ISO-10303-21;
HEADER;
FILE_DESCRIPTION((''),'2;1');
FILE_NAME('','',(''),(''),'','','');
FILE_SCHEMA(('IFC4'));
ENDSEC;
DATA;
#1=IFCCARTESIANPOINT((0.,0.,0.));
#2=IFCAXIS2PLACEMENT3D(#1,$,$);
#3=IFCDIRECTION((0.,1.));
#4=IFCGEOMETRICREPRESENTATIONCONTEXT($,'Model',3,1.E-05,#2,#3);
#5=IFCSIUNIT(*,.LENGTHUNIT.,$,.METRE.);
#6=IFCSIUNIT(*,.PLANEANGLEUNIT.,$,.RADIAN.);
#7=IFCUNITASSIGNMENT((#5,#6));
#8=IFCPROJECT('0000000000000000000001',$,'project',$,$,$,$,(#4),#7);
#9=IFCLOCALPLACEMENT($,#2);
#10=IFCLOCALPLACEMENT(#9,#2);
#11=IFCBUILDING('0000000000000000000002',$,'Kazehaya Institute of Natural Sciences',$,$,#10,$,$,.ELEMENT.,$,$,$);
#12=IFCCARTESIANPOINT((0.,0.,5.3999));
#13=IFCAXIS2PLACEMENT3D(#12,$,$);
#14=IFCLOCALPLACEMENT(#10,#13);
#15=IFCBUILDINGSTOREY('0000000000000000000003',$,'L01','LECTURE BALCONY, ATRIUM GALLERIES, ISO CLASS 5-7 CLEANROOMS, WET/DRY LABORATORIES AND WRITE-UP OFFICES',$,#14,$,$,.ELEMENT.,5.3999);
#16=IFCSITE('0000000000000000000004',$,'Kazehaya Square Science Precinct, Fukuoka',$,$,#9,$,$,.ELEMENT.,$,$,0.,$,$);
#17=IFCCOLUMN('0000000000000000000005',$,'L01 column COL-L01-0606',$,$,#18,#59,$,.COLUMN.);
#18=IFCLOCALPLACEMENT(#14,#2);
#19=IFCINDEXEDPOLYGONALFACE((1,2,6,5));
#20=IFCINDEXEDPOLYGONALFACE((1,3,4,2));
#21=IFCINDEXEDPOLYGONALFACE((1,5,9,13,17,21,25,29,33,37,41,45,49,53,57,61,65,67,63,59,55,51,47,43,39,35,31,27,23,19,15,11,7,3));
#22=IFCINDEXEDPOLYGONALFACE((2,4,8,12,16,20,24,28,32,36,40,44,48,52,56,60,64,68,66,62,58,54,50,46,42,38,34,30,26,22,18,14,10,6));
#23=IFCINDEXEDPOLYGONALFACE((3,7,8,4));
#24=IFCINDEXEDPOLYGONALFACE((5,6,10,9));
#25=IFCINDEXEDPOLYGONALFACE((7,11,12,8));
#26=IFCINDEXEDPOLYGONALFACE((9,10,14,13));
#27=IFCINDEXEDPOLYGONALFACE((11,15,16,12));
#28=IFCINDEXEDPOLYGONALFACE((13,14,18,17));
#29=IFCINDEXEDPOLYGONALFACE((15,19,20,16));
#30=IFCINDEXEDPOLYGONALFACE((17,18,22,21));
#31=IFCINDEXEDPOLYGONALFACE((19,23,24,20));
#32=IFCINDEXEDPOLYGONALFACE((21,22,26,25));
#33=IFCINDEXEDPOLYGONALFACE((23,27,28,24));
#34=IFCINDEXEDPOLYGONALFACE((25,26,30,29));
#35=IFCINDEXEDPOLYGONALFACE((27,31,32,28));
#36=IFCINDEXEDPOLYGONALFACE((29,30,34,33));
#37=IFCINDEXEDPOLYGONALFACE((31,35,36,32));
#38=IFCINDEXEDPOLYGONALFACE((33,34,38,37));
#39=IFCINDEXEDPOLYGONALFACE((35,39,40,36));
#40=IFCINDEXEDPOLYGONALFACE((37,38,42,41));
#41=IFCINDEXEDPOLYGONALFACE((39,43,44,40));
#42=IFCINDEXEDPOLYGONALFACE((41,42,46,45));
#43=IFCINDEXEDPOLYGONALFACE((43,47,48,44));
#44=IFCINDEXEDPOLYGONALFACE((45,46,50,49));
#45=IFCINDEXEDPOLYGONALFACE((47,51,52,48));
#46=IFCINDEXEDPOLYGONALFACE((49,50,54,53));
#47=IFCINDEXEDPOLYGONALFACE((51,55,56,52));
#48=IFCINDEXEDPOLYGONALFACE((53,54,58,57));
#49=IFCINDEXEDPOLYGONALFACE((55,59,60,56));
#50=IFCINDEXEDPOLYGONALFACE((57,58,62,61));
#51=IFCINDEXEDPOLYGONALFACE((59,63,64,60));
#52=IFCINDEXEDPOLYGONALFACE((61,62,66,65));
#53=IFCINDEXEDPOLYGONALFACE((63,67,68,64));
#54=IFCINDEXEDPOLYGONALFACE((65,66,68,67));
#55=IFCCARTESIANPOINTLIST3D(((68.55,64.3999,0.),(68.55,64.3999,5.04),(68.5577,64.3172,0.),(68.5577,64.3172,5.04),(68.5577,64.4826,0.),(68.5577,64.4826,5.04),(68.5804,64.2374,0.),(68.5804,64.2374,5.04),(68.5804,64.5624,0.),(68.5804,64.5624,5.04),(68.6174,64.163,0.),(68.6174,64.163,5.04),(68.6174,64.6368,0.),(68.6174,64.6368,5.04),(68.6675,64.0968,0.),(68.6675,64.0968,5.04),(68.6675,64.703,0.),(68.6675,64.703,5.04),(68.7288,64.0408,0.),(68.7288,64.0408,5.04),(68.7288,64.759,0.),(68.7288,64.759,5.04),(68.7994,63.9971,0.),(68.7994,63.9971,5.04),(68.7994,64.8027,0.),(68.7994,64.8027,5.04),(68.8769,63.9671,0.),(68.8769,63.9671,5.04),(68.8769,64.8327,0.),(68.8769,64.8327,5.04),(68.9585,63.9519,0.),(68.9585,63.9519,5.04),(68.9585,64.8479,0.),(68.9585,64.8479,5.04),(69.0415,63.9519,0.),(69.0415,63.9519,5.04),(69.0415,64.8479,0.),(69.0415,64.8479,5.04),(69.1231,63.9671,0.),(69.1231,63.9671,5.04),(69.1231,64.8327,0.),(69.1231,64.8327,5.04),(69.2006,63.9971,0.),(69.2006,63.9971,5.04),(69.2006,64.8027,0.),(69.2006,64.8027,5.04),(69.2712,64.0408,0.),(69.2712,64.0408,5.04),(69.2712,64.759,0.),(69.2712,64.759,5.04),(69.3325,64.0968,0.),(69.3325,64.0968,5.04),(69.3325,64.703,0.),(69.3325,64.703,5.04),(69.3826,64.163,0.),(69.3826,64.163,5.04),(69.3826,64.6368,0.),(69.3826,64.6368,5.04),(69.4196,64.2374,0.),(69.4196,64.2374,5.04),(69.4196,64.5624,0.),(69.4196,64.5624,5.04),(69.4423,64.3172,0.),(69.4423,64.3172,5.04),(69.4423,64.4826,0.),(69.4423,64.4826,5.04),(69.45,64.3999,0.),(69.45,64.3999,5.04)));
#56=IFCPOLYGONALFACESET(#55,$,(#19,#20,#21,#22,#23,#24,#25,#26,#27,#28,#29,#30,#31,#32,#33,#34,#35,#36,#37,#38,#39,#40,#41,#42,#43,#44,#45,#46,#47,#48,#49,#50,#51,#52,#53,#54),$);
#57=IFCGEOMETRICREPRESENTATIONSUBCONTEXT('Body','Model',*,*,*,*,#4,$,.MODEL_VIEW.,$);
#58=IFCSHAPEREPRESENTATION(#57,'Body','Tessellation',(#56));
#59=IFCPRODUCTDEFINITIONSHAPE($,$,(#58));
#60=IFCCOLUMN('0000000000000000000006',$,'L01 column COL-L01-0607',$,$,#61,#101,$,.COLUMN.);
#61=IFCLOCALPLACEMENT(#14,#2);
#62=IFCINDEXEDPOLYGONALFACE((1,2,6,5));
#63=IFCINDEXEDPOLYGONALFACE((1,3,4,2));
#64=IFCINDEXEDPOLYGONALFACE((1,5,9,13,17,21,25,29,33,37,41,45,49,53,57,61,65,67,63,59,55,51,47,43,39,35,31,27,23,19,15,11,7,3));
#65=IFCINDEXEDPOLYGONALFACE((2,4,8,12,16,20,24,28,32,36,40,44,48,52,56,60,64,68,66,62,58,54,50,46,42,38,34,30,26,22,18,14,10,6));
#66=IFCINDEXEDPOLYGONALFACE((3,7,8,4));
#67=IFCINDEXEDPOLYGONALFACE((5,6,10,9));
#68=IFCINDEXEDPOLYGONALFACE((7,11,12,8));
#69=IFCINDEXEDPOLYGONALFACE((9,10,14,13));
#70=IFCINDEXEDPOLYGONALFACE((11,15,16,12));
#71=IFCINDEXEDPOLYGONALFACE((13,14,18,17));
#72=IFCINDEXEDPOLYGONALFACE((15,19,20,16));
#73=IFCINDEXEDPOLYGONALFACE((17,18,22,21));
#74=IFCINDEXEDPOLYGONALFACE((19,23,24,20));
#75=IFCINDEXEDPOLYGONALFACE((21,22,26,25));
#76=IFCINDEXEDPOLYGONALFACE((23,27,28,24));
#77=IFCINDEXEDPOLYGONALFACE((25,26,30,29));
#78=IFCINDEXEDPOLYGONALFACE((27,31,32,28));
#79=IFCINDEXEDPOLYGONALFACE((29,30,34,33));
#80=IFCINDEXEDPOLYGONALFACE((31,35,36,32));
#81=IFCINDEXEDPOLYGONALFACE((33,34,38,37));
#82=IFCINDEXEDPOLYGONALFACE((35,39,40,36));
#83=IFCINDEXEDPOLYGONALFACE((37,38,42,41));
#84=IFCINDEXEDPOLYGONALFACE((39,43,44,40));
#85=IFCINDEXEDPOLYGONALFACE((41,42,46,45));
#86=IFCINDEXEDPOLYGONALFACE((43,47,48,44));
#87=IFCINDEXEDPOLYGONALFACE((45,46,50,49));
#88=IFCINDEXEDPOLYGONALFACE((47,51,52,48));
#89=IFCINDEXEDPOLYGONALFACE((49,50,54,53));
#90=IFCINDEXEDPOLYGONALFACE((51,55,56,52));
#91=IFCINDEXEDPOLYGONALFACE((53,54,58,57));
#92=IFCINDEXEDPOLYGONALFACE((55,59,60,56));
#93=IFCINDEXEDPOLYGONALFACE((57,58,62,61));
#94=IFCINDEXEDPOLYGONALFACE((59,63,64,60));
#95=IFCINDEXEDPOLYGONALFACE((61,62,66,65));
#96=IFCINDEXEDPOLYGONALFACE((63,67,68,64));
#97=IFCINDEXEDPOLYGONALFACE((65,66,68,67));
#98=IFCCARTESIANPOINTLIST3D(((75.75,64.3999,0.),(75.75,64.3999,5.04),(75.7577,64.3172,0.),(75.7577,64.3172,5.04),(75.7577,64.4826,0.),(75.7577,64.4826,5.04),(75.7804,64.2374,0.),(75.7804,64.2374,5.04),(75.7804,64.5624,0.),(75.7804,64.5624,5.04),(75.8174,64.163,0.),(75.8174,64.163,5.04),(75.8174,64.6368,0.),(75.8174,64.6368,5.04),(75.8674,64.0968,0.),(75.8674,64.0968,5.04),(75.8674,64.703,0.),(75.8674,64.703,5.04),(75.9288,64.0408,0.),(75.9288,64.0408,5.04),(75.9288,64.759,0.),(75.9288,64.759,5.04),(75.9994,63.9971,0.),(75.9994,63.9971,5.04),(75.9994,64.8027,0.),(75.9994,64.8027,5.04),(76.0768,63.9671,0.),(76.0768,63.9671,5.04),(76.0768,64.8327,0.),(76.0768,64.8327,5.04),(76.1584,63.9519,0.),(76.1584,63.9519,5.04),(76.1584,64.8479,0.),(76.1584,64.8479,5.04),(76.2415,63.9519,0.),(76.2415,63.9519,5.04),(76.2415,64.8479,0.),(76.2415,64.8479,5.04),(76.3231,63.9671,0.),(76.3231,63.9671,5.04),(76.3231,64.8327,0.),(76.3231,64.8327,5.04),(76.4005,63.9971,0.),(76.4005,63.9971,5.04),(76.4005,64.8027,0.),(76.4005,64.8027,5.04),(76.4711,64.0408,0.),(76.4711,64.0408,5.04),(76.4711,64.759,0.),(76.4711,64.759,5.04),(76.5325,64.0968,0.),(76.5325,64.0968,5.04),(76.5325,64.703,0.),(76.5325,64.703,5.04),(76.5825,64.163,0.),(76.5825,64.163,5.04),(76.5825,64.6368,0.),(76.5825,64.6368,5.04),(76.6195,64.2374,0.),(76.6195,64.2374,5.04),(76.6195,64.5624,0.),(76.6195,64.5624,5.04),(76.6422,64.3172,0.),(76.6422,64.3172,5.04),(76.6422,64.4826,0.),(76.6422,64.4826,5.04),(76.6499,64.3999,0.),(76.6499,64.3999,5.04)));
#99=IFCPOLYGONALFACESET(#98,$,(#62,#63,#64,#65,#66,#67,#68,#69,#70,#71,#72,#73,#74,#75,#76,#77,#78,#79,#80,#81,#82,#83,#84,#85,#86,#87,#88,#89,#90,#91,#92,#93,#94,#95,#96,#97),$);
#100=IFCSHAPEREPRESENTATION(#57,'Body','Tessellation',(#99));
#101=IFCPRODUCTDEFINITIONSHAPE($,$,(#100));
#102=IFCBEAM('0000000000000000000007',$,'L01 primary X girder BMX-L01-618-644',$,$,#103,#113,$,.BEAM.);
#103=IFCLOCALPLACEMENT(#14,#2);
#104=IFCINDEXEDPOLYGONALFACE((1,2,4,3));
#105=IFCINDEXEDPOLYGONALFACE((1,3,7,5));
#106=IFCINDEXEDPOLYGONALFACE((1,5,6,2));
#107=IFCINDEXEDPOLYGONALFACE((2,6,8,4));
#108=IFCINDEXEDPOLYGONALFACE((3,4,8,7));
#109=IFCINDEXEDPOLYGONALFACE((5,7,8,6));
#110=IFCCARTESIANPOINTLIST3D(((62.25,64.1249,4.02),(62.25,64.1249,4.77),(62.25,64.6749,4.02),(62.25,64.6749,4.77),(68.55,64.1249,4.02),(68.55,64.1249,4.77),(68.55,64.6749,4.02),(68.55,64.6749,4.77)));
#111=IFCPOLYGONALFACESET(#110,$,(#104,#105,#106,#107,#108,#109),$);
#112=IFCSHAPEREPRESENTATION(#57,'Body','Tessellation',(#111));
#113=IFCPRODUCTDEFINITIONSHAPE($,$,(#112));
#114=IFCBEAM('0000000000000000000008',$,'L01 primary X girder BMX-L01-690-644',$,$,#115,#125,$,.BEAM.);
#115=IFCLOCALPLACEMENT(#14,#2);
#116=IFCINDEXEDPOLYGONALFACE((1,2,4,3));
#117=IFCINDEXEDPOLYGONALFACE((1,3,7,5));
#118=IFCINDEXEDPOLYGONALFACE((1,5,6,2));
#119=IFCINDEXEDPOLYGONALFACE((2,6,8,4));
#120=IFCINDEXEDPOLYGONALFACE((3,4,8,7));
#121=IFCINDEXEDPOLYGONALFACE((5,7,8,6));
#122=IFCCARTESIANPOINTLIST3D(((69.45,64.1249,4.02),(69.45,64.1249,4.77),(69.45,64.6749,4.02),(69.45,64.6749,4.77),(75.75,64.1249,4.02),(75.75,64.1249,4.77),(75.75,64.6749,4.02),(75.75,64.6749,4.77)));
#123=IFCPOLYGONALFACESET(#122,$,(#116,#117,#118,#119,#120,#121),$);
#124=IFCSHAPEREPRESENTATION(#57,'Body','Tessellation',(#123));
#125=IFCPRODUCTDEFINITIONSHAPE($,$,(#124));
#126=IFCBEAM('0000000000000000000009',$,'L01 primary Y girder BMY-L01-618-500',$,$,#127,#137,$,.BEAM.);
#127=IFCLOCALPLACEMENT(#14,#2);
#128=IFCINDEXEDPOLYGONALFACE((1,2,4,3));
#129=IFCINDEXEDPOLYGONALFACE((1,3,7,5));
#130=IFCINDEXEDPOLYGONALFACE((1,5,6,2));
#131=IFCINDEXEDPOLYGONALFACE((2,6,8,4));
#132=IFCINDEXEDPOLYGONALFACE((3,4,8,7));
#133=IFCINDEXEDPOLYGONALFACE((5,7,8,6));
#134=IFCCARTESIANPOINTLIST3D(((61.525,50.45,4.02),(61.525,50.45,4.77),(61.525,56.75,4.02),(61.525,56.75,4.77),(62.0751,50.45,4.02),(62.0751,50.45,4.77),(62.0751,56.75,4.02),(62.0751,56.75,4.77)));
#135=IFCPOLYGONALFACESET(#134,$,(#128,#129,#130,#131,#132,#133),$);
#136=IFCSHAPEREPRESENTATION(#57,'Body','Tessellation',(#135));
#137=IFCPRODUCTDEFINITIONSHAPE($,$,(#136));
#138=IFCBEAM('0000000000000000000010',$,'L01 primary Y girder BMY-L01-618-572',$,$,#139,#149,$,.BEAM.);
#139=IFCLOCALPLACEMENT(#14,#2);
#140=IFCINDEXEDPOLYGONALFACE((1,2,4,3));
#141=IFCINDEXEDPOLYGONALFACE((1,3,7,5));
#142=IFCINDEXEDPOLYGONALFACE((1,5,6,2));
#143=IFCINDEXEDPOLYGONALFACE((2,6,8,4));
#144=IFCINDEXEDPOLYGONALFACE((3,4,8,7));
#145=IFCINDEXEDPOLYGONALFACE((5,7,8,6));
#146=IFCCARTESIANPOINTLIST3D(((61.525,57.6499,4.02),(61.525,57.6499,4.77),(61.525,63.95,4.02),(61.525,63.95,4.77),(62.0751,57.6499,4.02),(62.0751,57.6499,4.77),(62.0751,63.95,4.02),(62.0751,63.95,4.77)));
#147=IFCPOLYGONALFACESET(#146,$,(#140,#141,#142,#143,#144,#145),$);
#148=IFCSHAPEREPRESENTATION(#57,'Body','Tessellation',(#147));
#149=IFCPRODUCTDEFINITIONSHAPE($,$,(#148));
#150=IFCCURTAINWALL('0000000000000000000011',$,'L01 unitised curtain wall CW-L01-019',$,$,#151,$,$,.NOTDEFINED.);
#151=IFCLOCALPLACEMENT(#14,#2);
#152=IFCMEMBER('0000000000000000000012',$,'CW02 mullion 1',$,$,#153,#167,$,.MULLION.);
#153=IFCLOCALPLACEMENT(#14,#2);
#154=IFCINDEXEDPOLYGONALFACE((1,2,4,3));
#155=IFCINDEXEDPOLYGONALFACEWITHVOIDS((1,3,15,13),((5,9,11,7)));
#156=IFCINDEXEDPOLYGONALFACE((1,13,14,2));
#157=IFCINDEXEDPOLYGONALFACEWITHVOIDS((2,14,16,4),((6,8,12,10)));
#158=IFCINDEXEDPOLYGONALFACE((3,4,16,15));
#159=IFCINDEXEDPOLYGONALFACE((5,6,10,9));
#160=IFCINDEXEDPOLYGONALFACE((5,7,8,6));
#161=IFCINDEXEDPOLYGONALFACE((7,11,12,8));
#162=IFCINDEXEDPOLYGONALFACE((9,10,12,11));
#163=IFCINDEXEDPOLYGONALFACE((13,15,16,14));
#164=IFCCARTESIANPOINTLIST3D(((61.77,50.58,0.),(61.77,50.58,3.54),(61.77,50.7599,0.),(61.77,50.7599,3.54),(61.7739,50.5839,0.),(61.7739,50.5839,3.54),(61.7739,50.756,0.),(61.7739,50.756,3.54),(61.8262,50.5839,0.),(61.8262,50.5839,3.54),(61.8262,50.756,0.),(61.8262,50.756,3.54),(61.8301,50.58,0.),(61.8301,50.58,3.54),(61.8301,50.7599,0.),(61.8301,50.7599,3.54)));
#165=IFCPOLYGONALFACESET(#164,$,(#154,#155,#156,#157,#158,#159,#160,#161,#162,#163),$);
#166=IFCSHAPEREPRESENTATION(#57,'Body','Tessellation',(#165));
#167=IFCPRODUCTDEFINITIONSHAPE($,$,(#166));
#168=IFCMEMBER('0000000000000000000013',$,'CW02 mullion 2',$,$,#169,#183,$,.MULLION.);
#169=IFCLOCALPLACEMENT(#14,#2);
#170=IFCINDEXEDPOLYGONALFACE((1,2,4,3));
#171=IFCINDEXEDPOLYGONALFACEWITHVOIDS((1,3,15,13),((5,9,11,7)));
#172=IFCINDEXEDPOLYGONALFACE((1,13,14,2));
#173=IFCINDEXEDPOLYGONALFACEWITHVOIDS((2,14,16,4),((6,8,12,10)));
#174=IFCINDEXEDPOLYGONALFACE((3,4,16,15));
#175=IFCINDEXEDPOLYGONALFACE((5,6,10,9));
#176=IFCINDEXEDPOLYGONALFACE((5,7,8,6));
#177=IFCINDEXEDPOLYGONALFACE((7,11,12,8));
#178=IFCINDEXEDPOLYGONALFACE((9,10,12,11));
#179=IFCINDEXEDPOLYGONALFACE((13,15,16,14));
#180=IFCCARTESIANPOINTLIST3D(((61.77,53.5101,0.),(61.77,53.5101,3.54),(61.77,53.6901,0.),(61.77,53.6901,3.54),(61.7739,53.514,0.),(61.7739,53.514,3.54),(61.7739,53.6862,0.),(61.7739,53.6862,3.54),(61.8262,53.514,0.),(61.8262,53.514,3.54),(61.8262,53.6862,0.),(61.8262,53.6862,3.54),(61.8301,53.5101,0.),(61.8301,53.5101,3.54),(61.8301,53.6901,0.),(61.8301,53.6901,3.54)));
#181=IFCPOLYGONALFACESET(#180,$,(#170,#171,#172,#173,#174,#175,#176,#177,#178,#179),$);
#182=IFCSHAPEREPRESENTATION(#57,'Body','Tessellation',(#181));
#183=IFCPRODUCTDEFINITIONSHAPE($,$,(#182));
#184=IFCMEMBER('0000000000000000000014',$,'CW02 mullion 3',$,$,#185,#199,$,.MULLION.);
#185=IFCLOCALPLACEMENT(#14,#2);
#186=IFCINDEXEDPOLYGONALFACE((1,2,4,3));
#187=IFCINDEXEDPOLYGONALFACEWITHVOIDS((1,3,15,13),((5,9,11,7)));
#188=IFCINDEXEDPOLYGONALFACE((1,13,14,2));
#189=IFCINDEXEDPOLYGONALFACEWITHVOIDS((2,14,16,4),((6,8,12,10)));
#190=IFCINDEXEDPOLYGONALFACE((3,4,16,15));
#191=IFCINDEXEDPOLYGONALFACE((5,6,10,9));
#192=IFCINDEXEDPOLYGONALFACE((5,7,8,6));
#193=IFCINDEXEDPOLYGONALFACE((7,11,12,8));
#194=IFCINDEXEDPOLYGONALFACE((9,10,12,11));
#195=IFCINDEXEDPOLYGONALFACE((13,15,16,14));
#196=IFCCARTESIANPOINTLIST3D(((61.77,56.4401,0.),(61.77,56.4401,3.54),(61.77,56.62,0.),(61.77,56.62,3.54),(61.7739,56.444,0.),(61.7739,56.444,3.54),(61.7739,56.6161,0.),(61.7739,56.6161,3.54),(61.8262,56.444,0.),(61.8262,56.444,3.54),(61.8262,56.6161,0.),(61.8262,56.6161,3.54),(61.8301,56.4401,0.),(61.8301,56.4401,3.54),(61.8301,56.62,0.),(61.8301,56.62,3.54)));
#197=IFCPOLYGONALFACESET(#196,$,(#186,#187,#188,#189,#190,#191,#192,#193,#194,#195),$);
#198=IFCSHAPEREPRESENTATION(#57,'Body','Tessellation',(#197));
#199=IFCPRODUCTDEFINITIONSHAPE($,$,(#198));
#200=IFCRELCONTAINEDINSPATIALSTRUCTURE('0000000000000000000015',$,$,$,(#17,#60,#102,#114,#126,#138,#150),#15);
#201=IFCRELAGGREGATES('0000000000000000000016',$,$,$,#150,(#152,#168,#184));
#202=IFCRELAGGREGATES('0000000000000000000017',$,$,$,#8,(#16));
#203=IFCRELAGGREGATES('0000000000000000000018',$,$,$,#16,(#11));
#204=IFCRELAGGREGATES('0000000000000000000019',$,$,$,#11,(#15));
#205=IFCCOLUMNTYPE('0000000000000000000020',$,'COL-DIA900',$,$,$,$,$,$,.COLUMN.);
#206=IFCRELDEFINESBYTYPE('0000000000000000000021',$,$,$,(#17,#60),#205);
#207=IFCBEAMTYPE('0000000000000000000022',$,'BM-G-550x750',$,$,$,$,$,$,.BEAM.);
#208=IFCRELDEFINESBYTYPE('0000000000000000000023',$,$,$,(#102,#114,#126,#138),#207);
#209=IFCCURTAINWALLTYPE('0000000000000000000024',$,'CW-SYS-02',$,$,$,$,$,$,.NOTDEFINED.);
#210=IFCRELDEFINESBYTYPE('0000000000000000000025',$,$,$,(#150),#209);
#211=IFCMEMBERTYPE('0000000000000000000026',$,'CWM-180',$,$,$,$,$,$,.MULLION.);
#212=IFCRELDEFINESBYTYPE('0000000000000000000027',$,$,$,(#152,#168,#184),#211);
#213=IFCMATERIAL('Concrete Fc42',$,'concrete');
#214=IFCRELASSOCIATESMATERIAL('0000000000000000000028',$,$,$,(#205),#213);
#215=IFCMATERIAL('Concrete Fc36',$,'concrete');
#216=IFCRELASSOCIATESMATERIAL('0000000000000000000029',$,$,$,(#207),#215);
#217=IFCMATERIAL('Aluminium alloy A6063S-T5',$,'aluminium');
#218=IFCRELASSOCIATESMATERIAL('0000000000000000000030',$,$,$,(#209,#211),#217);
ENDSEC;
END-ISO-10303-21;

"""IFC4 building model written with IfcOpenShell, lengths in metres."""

from ifc_helpers import new_model, si_unit, direction, frame, origin, origin_2d, place, context, subcontext, project, spatial, rectangle, hollow_rectangle, circle, extrude, material, material_profile, profile_set, type_object, element, aggregate, save


model = new_model("IFC4")

# Units and contexts
model_context = context("Model", 3, precision=1e-05, world=origin(), true_north=direction((0.0, 1.0)))
body_context = subcontext(model_context, "Body", "Model", "MODEL_VIEW")
ifc_project = project(units=[si_unit("LENGTHUNIT", "METRE"), si_unit("PLANEANGLEUNIT", "RADIAN")], contexts=[model_context])

# Site, building, storey
site_placement = place(None, origin())
site = spatial("IfcSite", under=ifc_project, at=site_placement, Name="Kazehaya Square Science Precinct, Fukuoka", CompositionType="ELEMENT", RefElevation=0.0)
building_placement = place(site_placement, origin())
building = spatial("IfcBuilding", under=site, at=building_placement, Name="Kazehaya Institute of Natural Sciences", CompositionType="ELEMENT")
storey_placement = place(building_placement, frame((0.0, 0.0, 5.3999)))
storey = spatial("IfcBuildingStorey", under=building, at=storey_placement, Name="L01", Description="LECTURE BALCONY, ATRIUM GALLERIES, ISO CLASS 5-7 CLEANROOMS, WET/DRY LABORATORIES AND WRITE-UP OFFICES", CompositionType="ELEMENT", Elevation=5.3999)

# Columns
ifc_material_1 = material(Name="Concrete Fc36", Category="concrete")
ifc_material_2 = material(Name="Concrete Fc42", Category="concrete")
ifc_material_profile_1 = material_profile(ifc_material_2, circle(Radius=0.45, at=origin_2d()), Name="RC-DIA900")
ifc_profile_set_1 = profile_set([ifc_material_profile_1], Name="Concrete Fc42")
column_type_1 = type_object("IfcColumnType", Name="COL-DIA900", PredefinedType="COLUMN", material=ifc_profile_set_1)
for number, where, z_axis, x_axis, name in (
    (1, (69.0, 64.3999, 0.0), (0.0, 0.0, 1.0), (1.0, 0.0, 0.0), "L01 column COL-L01-0606"),
    (2, (76.2, 64.3999, 0.0), (0.0, 0.0, 1.0), (1.0, 0.0, 0.0), "L01 column COL-L01-0607"),
):
    element("IfcColumn", number, at=place(storey_placement, frame(where, z_axis=z_axis, x_axis=x_axis)), inside=storey, type_object=column_type_1, Name=name, PredefinedType="COLUMN", context=body_context, shape_type="SweptSolid", body=[
        extrude(circle(Radius=0.45, at=origin_2d()), origin(), (0.0, 0.0, 1.0), 5.04),
    ])

# Beams
ifc_material_profile_2 = material_profile(ifc_material_1, rectangle(XDim=0.55, YDim=0.75, at=origin_2d()), Name="RC-550x750")
ifc_profile_set_2 = profile_set([ifc_material_profile_2], Name="Concrete Fc36")
beam_type = type_object("IfcBeamType", Name="BM-G-550x750", PredefinedType="BEAM", material=ifc_profile_set_2)
for number, where, z_axis, x_axis, name in (
    (3, (62.25, 64.3999, 4.395), (1.0, 0.0, 0.0), (0.0, 1.0, 0.0), "L01 primary X girder BMX-L01-618-644"),
    (4, (69.45, 64.3999, 4.395), (1.0, 0.0, 0.0), (0.0, 1.0, 0.0), "L01 primary X girder BMX-L01-690-644"),
    (5, (61.8, 50.45, 4.395), (0.0, 1.0, 0.0), (-1.0, 0.0, 0.0), "L01 primary Y girder BMY-L01-618-500"),
    (6, (61.8, 57.6499, 4.395), (0.0, 1.0, 0.0), (-1.0, 0.0, 0.0), "L01 primary Y girder BMY-L01-618-572"),
):
    element("IfcBeam", number, at=place(storey_placement, frame(where, z_axis=z_axis, x_axis=x_axis)), inside=storey, type_object=beam_type, Name=name, PredefinedType="BEAM", context=body_context, shape_type="SweptSolid", body=[
        extrude(rectangle(XDim=0.55, YDim=0.75, at=origin_2d()), origin(), (0.0, 0.0, 1.0), 6.3),
    ])

# Curtain wall, members
ifc_material_3 = material(Name="Aluminium alloy A6063S-T5", Category="aluminium")
curtain_wall_type = type_object("IfcCurtainWallType", Name="CW-SYS-02", PredefinedType="NOTDEFINED", material=ifc_material_3)
curtain_wall_1_placement = place(storey_placement, origin())
curtain_wall_1 = element("IfcCurtainWall", 7, at=curtain_wall_1_placement, inside=storey, type_object=curtain_wall_type, Name="L01 unitised curtain wall CW-L01-019", PredefinedType="NOTDEFINED")
ifc_material_profile_3 = material_profile(ifc_material_3, hollow_rectangle(XDim=0.0601, YDim=0.1799, WallThickness=0.0039, at=origin_2d()), Name="ALU-60x180x4")
ifc_profile_set_3 = profile_set([ifc_material_profile_3], Name="Aluminium alloy A6063S-T5")
member_type_1 = type_object("IfcMemberType", Name="CWM-180", PredefinedType="MULLION", material=ifc_profile_set_3)
member_1_placement = place(storey_placement, frame((61.8, 50.6699, 0.0), z_axis=(0.0, 0.0, 1.0), x_axis=(-1.0, 0.0, 0.0)))
member_1 = element("IfcMember", 8, at=member_1_placement, type_object=member_type_1, Name="CW02 mullion 1", PredefinedType="MULLION", context=body_context, shape_type="SweptSolid", body=[
    extrude(hollow_rectangle(XDim=0.0601, YDim=0.1799, WallThickness=0.0039, at=origin_2d()), origin(), (0.0, 0.0, 1.0), 3.54),
])
member_2_placement = place(storey_placement, frame((61.8, 53.6001, 0.0), z_axis=(0.0, 0.0, 1.0), x_axis=(-1.0, 0.0, 0.0)))
member_2 = element("IfcMember", 9, at=member_2_placement, type_object=member_type_1, Name="CW02 mullion 2", PredefinedType="MULLION", context=body_context, shape_type="SweptSolid", body=[
    extrude(hollow_rectangle(XDim=0.0601, YDim=0.1799, WallThickness=0.0039, at=origin_2d()), origin(), (0.0, 0.0, 1.0), 3.54),
])
member_3_placement = place(storey_placement, frame((61.8, 56.53, 0.0), z_axis=(0.0, 0.0, 1.0), x_axis=(-1.0, 0.0, 0.0)))
member_3 = element("IfcMember", 10, at=member_3_placement, type_object=member_type_1, Name="CW02 mullion 3", PredefinedType="MULLION", context=body_context, shape_type="SweptSolid", body=[
    extrude(hollow_rectangle(XDim=0.0601, YDim=0.1799, WallThickness=0.0039, at=origin_2d()), origin(), (0.0, 0.0, 1.0), 3.54),
])

aggregate(curtain_wall_1, [member_1, member_2, member_3])

save(model, "model.ifc")
